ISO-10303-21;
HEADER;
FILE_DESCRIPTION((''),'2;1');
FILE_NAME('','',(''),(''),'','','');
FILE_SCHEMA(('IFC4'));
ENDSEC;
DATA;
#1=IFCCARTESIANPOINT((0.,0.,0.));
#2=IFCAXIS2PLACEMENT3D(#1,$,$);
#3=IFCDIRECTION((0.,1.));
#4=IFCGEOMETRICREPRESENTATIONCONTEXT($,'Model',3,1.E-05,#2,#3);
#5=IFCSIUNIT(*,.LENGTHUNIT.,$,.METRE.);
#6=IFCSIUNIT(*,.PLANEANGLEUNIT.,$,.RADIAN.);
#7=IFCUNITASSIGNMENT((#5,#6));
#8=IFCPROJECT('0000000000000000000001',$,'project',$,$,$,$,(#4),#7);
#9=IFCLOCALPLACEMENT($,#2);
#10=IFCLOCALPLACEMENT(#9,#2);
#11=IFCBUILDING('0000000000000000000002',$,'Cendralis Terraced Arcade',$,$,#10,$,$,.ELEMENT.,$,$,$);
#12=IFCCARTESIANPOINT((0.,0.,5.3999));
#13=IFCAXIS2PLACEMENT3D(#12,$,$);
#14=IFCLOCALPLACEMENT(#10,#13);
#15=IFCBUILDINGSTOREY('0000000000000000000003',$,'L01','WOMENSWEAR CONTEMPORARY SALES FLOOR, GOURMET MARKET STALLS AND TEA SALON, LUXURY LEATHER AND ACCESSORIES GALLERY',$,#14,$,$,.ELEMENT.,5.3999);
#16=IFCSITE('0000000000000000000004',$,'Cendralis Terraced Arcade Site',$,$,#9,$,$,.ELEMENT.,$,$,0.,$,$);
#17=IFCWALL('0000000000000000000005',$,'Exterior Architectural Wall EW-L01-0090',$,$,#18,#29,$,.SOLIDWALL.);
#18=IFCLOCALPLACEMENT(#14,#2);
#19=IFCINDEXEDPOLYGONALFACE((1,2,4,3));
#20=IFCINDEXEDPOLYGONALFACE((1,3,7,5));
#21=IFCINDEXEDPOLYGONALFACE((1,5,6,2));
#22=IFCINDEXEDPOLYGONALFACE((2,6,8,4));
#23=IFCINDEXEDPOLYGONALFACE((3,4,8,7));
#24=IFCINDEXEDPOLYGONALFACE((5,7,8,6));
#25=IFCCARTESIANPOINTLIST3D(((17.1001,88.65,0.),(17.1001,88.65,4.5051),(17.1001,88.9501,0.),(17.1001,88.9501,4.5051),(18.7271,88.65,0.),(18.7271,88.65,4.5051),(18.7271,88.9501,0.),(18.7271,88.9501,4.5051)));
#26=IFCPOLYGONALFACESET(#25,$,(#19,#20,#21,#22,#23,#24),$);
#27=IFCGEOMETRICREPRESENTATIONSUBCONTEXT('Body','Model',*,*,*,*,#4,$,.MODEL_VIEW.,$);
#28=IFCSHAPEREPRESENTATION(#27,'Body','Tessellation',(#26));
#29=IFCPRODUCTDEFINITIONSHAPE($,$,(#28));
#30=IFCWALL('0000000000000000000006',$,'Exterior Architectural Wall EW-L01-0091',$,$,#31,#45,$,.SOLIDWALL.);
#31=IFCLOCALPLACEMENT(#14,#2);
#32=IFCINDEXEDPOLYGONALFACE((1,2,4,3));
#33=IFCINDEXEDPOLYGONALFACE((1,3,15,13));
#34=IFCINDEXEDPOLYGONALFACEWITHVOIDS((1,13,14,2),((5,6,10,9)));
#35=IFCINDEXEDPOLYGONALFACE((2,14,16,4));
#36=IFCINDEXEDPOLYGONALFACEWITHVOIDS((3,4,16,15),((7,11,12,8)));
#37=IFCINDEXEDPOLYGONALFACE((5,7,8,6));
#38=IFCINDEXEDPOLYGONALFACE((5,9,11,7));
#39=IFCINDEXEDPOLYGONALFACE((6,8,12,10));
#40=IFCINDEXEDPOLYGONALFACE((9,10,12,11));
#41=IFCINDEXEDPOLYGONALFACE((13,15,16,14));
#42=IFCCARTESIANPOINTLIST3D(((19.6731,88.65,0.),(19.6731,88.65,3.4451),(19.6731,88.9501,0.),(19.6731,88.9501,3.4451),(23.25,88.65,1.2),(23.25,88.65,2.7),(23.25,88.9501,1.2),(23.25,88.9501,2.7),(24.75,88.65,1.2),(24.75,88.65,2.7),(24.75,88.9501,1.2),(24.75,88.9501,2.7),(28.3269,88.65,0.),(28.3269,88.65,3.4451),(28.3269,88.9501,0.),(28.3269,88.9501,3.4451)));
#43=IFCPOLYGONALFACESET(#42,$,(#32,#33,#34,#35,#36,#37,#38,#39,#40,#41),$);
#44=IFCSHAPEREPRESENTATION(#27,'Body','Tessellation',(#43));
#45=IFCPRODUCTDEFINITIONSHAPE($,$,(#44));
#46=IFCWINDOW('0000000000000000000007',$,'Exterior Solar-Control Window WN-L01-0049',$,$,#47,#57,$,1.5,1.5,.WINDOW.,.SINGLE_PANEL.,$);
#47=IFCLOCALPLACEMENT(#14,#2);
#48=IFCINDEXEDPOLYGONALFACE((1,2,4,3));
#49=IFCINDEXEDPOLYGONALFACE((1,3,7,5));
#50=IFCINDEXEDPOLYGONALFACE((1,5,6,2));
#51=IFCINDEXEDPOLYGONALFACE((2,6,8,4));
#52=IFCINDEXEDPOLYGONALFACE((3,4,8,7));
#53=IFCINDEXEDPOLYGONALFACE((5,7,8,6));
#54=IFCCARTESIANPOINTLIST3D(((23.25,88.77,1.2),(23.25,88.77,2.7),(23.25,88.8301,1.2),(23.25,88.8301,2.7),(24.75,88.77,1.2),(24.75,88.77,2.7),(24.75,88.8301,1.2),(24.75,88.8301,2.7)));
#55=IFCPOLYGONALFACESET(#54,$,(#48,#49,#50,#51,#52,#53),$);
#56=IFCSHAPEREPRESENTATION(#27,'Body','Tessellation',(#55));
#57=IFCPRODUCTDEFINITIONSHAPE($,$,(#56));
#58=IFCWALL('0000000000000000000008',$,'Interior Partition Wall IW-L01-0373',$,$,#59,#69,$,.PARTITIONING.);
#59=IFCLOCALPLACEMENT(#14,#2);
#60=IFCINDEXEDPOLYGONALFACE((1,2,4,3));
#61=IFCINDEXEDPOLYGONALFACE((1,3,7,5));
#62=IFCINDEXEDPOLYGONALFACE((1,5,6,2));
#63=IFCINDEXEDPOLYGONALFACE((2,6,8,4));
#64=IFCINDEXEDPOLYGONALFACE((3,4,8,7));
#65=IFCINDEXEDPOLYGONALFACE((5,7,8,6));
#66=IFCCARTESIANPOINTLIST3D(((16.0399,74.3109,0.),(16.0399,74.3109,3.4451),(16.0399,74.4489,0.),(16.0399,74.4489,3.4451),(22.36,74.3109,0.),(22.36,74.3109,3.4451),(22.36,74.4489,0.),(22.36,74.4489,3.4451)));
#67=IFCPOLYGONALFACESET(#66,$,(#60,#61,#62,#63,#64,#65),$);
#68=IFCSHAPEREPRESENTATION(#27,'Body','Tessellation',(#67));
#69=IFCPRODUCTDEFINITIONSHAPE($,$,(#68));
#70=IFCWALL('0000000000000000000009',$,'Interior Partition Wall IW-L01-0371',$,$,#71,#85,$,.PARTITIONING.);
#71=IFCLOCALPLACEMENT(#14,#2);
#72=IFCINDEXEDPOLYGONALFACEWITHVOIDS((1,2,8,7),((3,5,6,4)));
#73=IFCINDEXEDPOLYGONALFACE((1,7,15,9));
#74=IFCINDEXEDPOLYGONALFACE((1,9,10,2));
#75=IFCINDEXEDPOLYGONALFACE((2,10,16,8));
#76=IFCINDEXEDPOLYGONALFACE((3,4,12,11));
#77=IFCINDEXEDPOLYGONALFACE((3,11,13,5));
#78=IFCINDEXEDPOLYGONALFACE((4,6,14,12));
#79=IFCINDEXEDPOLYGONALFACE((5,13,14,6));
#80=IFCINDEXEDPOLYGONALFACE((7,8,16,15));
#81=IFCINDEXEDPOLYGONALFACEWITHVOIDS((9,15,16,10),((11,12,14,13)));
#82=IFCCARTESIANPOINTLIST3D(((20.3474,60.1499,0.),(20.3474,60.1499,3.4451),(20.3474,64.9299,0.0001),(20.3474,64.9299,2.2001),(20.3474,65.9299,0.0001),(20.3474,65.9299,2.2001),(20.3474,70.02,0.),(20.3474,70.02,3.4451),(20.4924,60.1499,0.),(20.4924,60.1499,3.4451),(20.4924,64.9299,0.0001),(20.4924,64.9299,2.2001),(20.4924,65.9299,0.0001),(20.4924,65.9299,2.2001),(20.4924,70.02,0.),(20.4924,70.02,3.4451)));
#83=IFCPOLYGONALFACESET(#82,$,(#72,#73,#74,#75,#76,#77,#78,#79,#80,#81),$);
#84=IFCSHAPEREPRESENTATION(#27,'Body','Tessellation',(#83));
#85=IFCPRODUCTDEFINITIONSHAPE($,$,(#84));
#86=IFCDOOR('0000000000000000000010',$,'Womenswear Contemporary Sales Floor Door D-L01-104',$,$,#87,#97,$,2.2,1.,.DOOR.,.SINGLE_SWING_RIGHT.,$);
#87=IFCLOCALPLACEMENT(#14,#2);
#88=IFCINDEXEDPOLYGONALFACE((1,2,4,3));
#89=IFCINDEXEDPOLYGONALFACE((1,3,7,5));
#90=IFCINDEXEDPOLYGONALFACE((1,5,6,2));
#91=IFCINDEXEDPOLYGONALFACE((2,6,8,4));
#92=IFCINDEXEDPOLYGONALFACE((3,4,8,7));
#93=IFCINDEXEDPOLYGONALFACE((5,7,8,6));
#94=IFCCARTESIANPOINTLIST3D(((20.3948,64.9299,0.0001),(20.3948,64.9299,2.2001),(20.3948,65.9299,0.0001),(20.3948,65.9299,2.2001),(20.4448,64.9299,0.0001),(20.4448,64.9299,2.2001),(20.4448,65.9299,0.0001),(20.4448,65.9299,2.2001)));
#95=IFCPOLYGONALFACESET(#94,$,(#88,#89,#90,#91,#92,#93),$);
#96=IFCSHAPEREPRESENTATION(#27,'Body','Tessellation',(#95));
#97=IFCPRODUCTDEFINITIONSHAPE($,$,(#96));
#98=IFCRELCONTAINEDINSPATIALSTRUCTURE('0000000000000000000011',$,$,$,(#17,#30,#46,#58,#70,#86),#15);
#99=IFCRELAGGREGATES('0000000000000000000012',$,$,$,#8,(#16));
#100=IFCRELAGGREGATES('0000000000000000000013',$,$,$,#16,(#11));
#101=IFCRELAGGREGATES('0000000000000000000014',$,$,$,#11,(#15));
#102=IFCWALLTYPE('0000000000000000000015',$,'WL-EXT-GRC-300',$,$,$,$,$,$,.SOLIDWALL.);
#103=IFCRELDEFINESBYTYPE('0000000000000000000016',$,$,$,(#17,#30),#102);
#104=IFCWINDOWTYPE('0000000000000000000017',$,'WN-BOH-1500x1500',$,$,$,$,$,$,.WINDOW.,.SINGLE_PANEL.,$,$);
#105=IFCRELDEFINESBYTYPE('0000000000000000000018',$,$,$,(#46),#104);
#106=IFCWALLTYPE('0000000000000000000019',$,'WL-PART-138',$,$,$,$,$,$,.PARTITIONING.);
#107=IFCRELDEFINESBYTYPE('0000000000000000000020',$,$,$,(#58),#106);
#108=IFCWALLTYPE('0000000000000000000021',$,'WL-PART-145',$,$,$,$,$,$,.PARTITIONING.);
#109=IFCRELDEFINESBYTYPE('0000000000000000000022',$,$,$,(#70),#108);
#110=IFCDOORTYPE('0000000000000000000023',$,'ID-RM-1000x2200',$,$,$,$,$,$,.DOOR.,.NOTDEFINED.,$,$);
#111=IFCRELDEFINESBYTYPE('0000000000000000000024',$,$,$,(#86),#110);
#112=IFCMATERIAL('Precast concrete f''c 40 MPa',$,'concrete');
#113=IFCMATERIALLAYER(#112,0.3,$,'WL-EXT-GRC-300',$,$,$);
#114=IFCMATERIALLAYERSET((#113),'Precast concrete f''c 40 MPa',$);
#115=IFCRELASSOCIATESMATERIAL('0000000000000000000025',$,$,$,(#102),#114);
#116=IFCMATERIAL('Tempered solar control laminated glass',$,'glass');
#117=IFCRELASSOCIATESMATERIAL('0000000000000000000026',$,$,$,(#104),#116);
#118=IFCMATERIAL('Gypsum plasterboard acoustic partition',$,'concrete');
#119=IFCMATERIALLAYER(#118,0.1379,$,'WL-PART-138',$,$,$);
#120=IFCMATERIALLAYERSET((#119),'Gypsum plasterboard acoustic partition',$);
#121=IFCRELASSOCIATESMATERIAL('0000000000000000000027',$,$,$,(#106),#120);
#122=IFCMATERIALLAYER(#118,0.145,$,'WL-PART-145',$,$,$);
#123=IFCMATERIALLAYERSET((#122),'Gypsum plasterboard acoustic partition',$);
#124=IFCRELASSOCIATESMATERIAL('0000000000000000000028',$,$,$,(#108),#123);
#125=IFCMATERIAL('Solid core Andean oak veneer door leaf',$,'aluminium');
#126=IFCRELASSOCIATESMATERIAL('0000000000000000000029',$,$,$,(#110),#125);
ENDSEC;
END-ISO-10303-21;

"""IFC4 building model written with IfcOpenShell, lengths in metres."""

from ifc_helpers import new_model, si_unit, direction, frame, frame_2d, origin, place, context, subcontext, project, spatial, rectangle, extrude, material, layer, layer_set, type_object, element, fill, save


model = new_model("IFC4")

# Units and contexts
model_context = context("Model", 3, precision=1e-05, world=origin(), true_north=direction((0.0, 1.0)))
body_context = subcontext(model_context, "Body", "Model", "MODEL_VIEW")
ifc_project = project(units=[si_unit("LENGTHUNIT", "METRE"), si_unit("PLANEANGLEUNIT", "RADIAN")], contexts=[model_context])

# Site, building, storey
site_placement = place(None, origin())
site = spatial("IfcSite", under=ifc_project, at=site_placement, Name="Cendralis Terraced Arcade Site", CompositionType="ELEMENT", RefElevation=0.0)
building_placement = place(site_placement, origin())
building = spatial("IfcBuilding", under=site, at=building_placement, Name="Cendralis Terraced Arcade", CompositionType="ELEMENT")
storey_placement = place(building_placement, frame((0.0, 0.0, 5.3999)))
storey = spatial("IfcBuildingStorey", under=building, at=storey_placement, Name="L01", Description="WOMENSWEAR CONTEMPORARY SALES FLOOR, GOURMET MARKET STALLS AND TEA SALON, LUXURY LEATHER AND ACCESSORIES GALLERY", CompositionType="ELEMENT", Elevation=5.3999)

# Shared definitions
ifc_material_1 = material(Name="Tempered solar control laminated glass", Category="glass")

# Wall
ifc_material_2 = material(Name="Precast concrete f'c 40 MPa", Category="concrete")
ifc_layer_1 = layer(ifc_material_2, 0.3, Name="WL-EXT-GRC-300")
ifc_layer_set_1 = layer_set([ifc_layer_1], Name="Precast concrete f'c 40 MPa")
wall_type_1 = type_object("IfcWallType", Name="WL-EXT-GRC-300", PredefinedType="SOLIDWALL", material=ifc_layer_set_1)
wall_1_placement = place(storey_placement, frame((17.1001, 88.8, 0.0), z_axis=(0.0, 0.0, 1.0), x_axis=(1.0, 0.0, 0.0)))
element("IfcWall", 1, at=wall_1_placement, inside=storey, type_object=wall_type_1, Name="Exterior Architectural Wall EW-L01-0090", PredefinedType="SOLIDWALL", context=body_context, shape_type="SweptSolid", body=[
    extrude(rectangle(XDim=1.627, YDim=0.3, at=frame_2d((0.8135, 0.0))), origin(), (0.0, 0.0, 1.0), 4.5051),
])

# Wall, opening, window
wall_2_placement = place(storey_placement, frame((19.6731, 88.8, 0.0), z_axis=(0.0, 0.0, 1.0), x_axis=(1.0, 0.0, 0.0)))
wall_2 = element("IfcWall", 2, at=wall_2_placement, inside=storey, type_object=wall_type_1, Name="Exterior Architectural Wall EW-L01-0091", PredefinedType="SOLIDWALL", context=body_context, shape_type="SweptSolid", body=[
    extrude(rectangle(XDim=8.6538, YDim=0.3, at=frame_2d((4.3269, 0.0))), origin(), (0.0, 0.0, 1.0), 3.4451),
])
opening_1_placement = place(wall_2_placement, frame((3.5769, 0.0, 1.2)))
opening_1 = element("IfcOpeningElement", 3, at=opening_1_placement, cuts=wall_2, PredefinedType="OPENING", context=body_context, shape_type="SweptSolid", body=[
    extrude(rectangle(XDim=1.5, YDim=1.5, at=frame_2d((0.75, 0.75))), frame((0.0, 0.1621, 0.0), z_axis=(0.0, -1.0, 0.0), x_axis=(1.0, 0.0, 0.0)), (0.0, 0.0, 1.0), 0.324),
])
window_type = type_object("IfcWindowType", Name="WN-BOH-1500x1500", PartitioningType="SINGLE_PANEL", PredefinedType="WINDOW", material=ifc_material_1)
window_placement = place(opening_1_placement, origin())
window = element("IfcWindow", 4, at=window_placement, inside=storey, type_object=window_type, Name="Exterior Solar-Control Window WN-L01-0049", OverallHeight=1.5, OverallWidth=1.5, PartitioningType="SINGLE_PANEL", PredefinedType="WINDOW", context=body_context, shape_type="SweptSolid", body=[
    extrude(rectangle(XDim=1.5, YDim=1.5, at=frame_2d((0.75, 0.75))), frame((0.0, 0.03, 0.0), z_axis=(0.0, -1.0, 0.0), x_axis=(1.0, 0.0, 0.0)), (0.0, 0.0, 1.0), 0.0601),
])
fill(opening_1, window)

# Wall
ifc_material_3 = material(Name="Gypsum plasterboard acoustic partition", Category="concrete")
ifc_layer_2 = layer(ifc_material_3, 0.1379, Name="WL-PART-138")
ifc_layer_set_2 = layer_set([ifc_layer_2], Name="Gypsum plasterboard acoustic partition")
wall_type_2 = type_object("IfcWallType", Name="WL-PART-138", PredefinedType="PARTITIONING", material=ifc_layer_set_2)
wall_3_placement = place(storey_placement, frame((22.3601, 74.3799, 0.0), z_axis=(0.0, 0.0, 1.0), x_axis=(-1.0, 0.0, 0.0)))
element("IfcWall", 5, at=wall_3_placement, inside=storey, type_object=wall_type_2, Name="Interior Partition Wall IW-L01-0373", PredefinedType="PARTITIONING", context=body_context, shape_type="SweptSolid", body=[
    extrude(rectangle(XDim=6.3201, YDim=0.1379, at=frame_2d((3.1602, 0.0))), origin(), (0.0, 0.0, 1.0), 3.4451),
])

# Wall, opening, door
ifc_layer_3 = layer(ifc_material_3, 0.145, Name="WL-PART-145")
ifc_layer_set_3 = layer_set([ifc_layer_3], Name="Gypsum plasterboard acoustic partition")
wall_type_3 = type_object("IfcWallType", Name="WL-PART-145", PredefinedType="PARTITIONING", material=ifc_layer_set_3)
wall_4_placement = place(storey_placement, frame((20.4199, 70.02, 0.0), z_axis=(0.0, 0.0, 1.0), x_axis=(0.0, -1.0, 0.0)))
wall_4 = element("IfcWall", 6, at=wall_4_placement, inside=storey, type_object=wall_type_3, Name="Interior Partition Wall IW-L01-0371", PredefinedType="PARTITIONING", context=body_context, shape_type="SweptSolid", body=[
    extrude(rectangle(XDim=9.8701, YDim=0.145, at=frame_2d((4.9351, 0.0))), origin(), (0.0, 0.0, 1.0), 3.4451),
])
opening_2_placement = place(wall_4_placement, frame((4.0901, 0.0, 0.0)))
opening_2 = element("IfcOpeningElement", 7, at=opening_2_placement, cuts=wall_4, PredefinedType="OPENING", context=body_context, shape_type="SweptSolid", body=[
    extrude(rectangle(XDim=1.0, YDim=2.2, at=frame_2d((0.5, 1.1001))), frame((0.0, 0.0845, 0.0), z_axis=(0.0, -1.0, 0.0), x_axis=(1.0, 0.0, 0.0)), (0.0, 0.0, 1.0), 0.1689),
])
ifc_material_4 = material(Name="Solid core Andean oak veneer door leaf", Category="aluminium")
door_type_1 = type_object("IfcDoorType", Name="ID-RM-1000x2200", OperationType="NOTDEFINED", PredefinedType="DOOR", material=ifc_material_4)
door_1_placement = place(opening_2_placement, origin())
door_1 = element("IfcDoor", 8, at=door_1_placement, inside=storey, type_object=door_type_1, Name="Womenswear Contemporary Sales Floor Door D-L01-104", OperationType="SINGLE_SWING_RIGHT", OverallHeight=2.2, OverallWidth=1.0, PredefinedType="DOOR", context=body_context, shape_type="SweptSolid", body=[
    extrude(rectangle(XDim=1.0, YDim=2.2, at=frame_2d((0.5, 1.1001))), frame((0.0, 0.0249, 0.0), z_axis=(0.0, -1.0, 0.0), x_axis=(1.0, 0.0, 0.0)), (0.0, 0.0, 1.0), 0.05),
])
fill(opening_2, door_1)

save(model, "model.ifc")
